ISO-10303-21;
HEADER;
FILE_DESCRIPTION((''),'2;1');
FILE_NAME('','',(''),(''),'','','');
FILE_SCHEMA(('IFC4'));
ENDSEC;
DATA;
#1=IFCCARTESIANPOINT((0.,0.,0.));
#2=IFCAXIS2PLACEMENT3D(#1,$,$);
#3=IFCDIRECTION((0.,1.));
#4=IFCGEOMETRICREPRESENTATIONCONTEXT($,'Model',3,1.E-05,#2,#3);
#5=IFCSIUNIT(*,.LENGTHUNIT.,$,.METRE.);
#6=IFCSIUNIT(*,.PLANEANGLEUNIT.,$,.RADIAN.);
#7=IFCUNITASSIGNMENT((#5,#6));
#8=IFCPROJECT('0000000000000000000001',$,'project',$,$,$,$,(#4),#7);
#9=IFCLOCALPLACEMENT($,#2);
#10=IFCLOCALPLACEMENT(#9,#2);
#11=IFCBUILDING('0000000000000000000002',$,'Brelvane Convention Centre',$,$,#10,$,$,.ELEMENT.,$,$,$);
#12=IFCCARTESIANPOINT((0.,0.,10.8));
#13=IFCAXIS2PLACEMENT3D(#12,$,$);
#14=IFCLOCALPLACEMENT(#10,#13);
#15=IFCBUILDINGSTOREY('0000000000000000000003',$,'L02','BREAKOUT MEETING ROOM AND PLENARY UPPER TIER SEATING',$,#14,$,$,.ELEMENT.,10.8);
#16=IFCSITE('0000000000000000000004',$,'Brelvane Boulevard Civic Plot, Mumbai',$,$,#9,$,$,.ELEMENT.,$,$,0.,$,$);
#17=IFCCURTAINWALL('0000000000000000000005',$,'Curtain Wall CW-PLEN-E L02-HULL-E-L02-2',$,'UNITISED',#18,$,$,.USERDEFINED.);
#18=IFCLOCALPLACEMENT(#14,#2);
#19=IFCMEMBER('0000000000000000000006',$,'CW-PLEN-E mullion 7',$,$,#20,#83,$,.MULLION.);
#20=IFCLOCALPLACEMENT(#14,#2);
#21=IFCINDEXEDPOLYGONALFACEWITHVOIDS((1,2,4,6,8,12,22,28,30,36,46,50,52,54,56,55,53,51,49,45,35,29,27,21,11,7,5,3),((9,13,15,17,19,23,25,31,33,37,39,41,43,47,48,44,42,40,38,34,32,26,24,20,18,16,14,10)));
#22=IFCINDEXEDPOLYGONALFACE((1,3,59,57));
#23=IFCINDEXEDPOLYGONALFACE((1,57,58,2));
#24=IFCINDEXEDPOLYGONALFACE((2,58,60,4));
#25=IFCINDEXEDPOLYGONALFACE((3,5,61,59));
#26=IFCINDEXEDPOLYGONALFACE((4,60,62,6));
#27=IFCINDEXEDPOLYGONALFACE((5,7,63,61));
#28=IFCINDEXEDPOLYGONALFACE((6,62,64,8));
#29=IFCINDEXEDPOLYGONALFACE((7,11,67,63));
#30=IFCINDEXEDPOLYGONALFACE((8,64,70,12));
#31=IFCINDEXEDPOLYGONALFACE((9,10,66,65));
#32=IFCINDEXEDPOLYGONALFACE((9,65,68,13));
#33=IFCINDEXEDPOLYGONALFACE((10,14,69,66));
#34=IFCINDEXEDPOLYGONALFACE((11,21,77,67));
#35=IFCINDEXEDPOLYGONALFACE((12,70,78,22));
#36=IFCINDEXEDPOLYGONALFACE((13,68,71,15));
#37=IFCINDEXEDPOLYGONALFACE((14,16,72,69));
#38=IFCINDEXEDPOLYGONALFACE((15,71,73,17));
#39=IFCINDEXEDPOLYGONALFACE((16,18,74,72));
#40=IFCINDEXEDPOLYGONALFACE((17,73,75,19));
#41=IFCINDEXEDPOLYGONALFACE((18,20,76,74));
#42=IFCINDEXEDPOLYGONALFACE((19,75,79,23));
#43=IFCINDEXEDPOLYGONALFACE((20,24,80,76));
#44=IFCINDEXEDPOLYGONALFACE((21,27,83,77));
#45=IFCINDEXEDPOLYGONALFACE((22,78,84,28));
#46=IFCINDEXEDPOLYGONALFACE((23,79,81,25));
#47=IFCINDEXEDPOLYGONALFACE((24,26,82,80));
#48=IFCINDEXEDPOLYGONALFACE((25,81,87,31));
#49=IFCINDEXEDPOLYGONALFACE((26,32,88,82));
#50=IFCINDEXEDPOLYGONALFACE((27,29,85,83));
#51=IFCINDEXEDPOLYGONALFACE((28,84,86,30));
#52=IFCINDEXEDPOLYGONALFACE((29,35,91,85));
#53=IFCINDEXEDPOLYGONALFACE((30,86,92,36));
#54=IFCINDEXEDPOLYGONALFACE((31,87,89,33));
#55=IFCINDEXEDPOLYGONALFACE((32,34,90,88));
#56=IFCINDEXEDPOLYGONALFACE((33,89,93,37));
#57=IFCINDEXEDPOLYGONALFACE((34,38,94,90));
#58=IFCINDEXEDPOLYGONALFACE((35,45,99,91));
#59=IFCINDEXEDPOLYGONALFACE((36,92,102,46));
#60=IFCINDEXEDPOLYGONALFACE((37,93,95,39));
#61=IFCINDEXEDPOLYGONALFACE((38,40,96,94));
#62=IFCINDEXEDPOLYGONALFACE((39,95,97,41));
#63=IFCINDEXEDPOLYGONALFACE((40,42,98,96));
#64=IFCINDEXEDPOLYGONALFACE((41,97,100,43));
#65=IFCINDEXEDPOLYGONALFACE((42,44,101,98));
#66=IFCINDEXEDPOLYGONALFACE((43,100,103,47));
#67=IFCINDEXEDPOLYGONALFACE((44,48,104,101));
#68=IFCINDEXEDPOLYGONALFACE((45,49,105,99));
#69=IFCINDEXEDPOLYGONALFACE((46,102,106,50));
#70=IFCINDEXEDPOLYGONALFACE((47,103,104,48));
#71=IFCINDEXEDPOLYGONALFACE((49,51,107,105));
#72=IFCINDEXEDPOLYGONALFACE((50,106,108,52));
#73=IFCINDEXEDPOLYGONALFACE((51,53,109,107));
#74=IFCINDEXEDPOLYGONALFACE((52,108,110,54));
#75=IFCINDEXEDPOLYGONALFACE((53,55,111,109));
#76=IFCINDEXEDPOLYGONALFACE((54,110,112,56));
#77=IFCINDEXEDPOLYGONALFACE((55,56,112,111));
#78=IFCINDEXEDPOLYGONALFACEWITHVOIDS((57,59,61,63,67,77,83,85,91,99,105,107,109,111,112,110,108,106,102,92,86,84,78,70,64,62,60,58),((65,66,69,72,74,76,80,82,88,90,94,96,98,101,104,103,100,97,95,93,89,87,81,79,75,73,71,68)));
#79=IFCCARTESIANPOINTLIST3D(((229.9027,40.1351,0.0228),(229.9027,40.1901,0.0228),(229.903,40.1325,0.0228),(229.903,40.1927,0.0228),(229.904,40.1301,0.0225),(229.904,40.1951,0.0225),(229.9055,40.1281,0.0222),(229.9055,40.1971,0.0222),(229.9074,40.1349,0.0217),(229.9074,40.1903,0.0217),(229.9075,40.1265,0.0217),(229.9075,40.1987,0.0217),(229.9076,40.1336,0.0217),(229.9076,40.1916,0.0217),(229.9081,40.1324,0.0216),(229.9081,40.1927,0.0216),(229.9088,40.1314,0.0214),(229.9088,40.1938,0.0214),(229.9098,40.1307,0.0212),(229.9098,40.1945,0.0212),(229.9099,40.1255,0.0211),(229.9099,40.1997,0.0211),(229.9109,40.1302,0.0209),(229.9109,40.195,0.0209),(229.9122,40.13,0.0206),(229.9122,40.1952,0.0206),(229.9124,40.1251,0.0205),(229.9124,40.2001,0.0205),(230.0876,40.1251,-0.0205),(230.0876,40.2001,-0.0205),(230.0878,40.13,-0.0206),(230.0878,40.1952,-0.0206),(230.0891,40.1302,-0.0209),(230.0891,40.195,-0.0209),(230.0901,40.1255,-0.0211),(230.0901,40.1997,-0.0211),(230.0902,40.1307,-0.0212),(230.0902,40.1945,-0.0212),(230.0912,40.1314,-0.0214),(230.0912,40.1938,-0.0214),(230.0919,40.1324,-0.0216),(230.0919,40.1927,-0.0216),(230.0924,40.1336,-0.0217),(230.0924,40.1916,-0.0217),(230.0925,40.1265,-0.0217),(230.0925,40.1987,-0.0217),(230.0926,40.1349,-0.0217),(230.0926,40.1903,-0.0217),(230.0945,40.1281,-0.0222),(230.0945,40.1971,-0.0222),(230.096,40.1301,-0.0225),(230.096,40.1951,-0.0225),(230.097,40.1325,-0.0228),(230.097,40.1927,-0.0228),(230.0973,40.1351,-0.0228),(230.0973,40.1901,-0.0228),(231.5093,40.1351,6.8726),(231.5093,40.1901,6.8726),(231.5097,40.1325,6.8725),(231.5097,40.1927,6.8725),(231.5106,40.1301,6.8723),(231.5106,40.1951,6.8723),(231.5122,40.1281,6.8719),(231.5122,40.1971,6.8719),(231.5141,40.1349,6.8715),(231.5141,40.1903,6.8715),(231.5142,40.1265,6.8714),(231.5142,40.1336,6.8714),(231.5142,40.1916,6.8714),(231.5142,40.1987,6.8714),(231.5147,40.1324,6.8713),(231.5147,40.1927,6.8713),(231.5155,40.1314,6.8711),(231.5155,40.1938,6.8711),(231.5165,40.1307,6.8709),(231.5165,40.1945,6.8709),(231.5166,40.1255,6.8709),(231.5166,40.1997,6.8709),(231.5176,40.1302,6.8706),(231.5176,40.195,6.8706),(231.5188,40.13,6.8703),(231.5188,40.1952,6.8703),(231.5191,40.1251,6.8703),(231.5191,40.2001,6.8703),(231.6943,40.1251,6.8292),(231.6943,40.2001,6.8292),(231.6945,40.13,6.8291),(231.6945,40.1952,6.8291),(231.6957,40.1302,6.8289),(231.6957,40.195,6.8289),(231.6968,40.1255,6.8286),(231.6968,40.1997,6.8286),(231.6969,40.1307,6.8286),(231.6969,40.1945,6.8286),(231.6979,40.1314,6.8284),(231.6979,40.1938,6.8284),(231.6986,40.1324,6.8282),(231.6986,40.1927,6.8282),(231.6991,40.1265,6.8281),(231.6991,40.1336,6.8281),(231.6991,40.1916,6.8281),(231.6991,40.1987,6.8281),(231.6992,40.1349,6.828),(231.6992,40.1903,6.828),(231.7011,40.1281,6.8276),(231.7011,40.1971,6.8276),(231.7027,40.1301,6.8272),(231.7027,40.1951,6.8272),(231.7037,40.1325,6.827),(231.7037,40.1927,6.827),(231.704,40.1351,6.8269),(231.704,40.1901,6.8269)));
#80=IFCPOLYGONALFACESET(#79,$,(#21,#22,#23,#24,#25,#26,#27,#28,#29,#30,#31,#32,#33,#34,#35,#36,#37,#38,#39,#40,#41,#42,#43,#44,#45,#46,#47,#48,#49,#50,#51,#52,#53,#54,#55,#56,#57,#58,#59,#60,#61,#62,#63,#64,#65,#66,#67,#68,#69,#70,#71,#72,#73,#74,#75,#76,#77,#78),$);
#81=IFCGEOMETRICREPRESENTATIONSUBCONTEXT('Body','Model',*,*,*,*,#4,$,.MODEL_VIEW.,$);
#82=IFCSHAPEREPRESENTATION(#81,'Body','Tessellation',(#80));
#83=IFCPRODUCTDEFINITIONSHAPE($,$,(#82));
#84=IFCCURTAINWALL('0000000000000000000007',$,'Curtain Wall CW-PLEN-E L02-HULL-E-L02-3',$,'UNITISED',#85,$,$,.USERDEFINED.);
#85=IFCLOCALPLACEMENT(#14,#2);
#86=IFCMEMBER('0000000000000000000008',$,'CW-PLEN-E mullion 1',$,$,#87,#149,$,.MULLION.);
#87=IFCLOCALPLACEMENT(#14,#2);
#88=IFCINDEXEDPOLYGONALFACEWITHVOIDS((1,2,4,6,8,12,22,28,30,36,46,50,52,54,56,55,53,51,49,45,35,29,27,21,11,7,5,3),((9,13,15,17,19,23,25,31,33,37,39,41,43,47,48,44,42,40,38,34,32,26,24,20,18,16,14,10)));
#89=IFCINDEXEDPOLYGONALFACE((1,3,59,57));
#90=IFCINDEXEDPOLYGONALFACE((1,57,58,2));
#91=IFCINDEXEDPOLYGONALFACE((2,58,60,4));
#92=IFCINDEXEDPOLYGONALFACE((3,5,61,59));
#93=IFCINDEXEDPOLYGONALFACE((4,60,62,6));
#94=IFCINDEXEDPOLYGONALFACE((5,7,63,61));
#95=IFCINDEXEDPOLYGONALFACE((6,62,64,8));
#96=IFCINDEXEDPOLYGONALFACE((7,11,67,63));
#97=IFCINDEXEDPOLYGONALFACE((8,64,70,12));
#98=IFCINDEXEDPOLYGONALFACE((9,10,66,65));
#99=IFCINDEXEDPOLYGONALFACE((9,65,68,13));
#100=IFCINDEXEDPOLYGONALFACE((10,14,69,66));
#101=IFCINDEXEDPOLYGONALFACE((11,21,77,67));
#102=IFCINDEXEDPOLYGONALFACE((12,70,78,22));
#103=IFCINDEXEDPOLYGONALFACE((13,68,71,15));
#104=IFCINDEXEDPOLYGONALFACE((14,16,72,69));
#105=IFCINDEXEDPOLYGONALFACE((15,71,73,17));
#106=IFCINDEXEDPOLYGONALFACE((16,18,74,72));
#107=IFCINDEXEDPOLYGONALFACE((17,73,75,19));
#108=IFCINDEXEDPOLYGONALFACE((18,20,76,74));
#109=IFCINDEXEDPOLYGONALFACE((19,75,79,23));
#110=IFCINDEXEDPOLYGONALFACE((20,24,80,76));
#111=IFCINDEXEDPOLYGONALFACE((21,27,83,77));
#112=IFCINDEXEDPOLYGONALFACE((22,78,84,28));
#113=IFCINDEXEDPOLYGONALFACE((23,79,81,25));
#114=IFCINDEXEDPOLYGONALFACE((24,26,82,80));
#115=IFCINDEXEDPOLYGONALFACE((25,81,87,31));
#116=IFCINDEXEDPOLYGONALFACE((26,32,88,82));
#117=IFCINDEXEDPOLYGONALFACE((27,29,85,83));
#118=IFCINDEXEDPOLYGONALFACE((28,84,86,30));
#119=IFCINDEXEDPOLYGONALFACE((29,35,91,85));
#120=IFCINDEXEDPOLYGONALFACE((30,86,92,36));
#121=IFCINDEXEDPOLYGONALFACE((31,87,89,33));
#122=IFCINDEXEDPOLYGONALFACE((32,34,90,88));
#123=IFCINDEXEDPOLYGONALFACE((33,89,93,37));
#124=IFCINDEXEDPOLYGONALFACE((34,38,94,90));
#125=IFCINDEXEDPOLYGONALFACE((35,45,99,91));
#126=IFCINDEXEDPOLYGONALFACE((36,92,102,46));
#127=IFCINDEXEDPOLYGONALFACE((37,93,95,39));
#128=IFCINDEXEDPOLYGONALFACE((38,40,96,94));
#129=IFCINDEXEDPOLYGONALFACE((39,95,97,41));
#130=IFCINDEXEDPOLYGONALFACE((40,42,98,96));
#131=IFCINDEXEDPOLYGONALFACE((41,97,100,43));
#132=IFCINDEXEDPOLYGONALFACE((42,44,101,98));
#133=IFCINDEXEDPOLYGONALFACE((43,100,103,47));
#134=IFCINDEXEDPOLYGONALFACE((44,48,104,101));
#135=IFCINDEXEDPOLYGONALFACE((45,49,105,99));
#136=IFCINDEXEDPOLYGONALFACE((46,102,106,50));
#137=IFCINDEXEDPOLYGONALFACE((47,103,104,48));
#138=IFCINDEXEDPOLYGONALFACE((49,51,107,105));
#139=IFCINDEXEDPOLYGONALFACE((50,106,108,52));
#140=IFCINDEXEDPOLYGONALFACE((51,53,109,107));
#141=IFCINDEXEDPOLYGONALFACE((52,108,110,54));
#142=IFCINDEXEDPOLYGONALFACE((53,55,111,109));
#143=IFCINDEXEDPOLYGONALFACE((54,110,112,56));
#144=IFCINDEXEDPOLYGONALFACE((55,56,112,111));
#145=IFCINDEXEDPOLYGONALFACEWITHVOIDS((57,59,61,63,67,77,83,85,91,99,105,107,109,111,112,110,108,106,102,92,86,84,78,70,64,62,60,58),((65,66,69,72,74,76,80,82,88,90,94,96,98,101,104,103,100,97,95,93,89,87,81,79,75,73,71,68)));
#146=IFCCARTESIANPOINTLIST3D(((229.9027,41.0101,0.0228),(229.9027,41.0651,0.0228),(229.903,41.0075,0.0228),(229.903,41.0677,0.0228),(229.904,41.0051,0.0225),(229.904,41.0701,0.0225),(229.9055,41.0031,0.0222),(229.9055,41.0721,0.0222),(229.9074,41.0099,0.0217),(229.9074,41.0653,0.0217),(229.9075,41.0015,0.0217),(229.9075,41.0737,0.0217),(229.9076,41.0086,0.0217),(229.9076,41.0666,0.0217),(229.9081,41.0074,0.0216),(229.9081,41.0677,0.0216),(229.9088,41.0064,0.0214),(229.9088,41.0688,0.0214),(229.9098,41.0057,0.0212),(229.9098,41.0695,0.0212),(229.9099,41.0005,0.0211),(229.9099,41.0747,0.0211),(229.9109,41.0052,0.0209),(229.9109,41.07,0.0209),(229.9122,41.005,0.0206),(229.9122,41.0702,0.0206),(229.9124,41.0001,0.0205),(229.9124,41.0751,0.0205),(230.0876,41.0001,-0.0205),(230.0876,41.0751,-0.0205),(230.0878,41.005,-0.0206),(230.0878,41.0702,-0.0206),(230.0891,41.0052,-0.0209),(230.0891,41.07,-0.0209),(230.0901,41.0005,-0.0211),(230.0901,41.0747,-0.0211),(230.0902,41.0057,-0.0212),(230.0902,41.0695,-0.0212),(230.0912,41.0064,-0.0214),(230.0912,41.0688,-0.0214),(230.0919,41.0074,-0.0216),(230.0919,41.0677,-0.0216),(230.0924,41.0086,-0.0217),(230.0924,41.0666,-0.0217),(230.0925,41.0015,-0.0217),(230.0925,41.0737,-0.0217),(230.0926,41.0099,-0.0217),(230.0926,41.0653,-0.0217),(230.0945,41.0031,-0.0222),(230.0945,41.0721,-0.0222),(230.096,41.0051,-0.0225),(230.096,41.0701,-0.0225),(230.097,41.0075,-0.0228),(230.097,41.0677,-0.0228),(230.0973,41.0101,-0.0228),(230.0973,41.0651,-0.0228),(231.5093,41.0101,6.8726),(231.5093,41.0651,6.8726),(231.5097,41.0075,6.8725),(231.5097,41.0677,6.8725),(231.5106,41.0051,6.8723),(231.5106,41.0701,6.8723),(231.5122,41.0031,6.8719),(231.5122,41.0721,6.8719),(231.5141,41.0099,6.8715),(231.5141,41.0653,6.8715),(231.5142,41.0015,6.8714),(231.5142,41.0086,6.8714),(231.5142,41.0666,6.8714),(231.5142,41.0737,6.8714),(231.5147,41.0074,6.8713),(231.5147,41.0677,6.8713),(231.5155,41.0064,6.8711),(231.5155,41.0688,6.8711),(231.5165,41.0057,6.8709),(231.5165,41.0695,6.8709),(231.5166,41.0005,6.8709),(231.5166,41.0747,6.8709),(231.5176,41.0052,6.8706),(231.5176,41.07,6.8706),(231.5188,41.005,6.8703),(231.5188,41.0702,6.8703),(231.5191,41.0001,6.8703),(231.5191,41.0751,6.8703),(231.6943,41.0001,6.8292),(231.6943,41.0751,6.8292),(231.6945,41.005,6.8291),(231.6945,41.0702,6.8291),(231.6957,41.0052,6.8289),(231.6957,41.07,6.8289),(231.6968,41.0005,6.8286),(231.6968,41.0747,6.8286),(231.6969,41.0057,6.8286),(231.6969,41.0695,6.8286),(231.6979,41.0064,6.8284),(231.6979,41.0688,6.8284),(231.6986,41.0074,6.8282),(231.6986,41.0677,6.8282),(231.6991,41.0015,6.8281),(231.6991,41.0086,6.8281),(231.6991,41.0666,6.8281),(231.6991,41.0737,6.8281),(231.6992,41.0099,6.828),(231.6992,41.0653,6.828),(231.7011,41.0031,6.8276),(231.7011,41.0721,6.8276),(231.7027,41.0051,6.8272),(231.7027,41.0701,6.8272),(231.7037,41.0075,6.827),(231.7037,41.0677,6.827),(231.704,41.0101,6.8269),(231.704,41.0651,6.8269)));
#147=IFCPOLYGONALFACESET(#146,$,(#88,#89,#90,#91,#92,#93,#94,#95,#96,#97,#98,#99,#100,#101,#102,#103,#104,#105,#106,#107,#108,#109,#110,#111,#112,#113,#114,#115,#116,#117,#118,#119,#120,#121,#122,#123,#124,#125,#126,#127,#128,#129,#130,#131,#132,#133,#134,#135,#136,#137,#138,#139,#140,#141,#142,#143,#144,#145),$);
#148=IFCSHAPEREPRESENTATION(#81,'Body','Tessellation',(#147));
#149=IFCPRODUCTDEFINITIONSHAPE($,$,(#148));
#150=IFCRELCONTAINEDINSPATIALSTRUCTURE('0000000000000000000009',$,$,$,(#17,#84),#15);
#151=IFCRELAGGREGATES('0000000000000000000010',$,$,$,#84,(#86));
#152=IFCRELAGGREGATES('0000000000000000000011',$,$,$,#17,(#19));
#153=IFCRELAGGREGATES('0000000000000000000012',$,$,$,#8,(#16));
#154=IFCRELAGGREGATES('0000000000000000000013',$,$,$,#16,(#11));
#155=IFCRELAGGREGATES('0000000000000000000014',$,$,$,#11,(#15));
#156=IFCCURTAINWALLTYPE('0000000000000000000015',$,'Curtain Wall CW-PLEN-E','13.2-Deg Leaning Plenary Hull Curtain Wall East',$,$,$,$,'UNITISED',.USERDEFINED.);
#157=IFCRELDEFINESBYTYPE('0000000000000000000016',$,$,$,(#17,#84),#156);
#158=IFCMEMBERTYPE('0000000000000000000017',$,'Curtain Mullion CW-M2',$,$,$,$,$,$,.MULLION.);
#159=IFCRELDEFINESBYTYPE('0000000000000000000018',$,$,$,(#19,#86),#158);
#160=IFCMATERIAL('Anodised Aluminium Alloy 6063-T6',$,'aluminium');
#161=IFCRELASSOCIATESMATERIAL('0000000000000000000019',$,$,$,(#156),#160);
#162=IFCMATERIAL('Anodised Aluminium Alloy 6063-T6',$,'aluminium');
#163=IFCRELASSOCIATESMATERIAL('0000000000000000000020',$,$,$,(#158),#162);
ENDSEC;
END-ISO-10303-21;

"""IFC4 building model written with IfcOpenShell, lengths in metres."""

from ifc_helpers import new_model, si_unit, direction, frame, origin, origin_2d, place, context, subcontext, project, spatial, hollow_rectangle, extrude, material, material_profile, profile_set, type_object, element, aggregate, save


model = new_model("IFC4")

# Units and contexts
model_context = context("Model", 3, precision=1e-05, world=origin(), true_north=direction((0.0, 1.0)))
body_context = subcontext(model_context, "Body", "Model", "MODEL_VIEW")
ifc_project = project(units=[si_unit("LENGTHUNIT", "METRE"), si_unit("PLANEANGLEUNIT", "RADIAN")], contexts=[model_context])

# Site, building, storey
site_placement = place(None, origin())
site = spatial("IfcSite", under=ifc_project, at=site_placement, Name="Brelvane Boulevard Civic Plot, Mumbai", CompositionType="ELEMENT", RefElevation=0.0)
building_placement = place(site_placement, origin())
building = spatial("IfcBuilding", under=site, at=building_placement, Name="Brelvane Convention Centre", CompositionType="ELEMENT")
storey_placement = place(building_placement, frame((0.0, 0.0, 10.8)))
storey = spatial("IfcBuildingStorey", under=building, at=storey_placement, Name="L02", Description="BREAKOUT MEETING ROOM AND PLENARY UPPER TIER SEATING", CompositionType="ELEMENT", Elevation=10.8)

# Curtain walls, members
ifc_material_1 = material(Name="Anodised Aluminium Alloy 6063-T6", Category="aluminium")
curtain_wall_type = type_object("IfcCurtainWallType", Name="Curtain Wall CW-PLEN-E", Description="13.2-Deg Leaning Plenary Hull Curtain Wall East", ElementType="UNITISED", PredefinedType="USERDEFINED", material=ifc_material_1)
curtain_wall_1_placement = place(storey_placement, origin())
curtain_wall_1 = element("IfcCurtainWall", 1, at=curtain_wall_1_placement, inside=storey, type_object=curtain_wall_type, Name="Curtain Wall CW-PLEN-E L02-HULL-E-L02-2", ObjectType="UNITISED", PredefinedType="USERDEFINED")
ifc_material_2 = material(Name="Anodised Aluminium Alloy 6063-T6", Category="aluminium")
ifc_material_profile_1 = material_profile(ifc_material_2, hollow_rectangle(XDim=0.075, YDim=0.2, WallThickness=0.0049, InnerFilletRadius=0.0049, OuterFilletRadius=0.01, at=origin_2d()), Name="ALU-M 200x75x5.0")
ifc_profile_set_1 = profile_set([ifc_material_profile_1], Name="Anodised Aluminium Alloy 6063-T6")
member_type_1 = type_object("IfcMemberType", Name="Curtain Mullion CW-M2", PredefinedType="MULLION", material=ifc_profile_set_1)
member_1_placement = place(storey_placement, frame((230.0, 40.1626, 0.0), z_axis=(0.22836, 0.0, 0.973577), x_axis=(0.0, 1.0, 0.0)))
member_1 = element("IfcMember", 2, at=member_1_placement, type_object=member_type_1, Name="CW-PLEN-E mullion 7", PredefinedType="MULLION", context=body_context, shape_type="SweptSolid", body=[
    extrude(hollow_rectangle(XDim=0.075, YDim=0.2, WallThickness=0.0049, InnerFilletRadius=0.0049, OuterFilletRadius=0.01, at=origin_2d()), origin(), (0.0, 0.0, 1.0), 7.0356),
])
curtain_wall_2_placement = place(storey_placement, origin())
curtain_wall_2 = element("IfcCurtainWall", 3, at=curtain_wall_2_placement, inside=storey, type_object=curtain_wall_type, Name="Curtain Wall CW-PLEN-E L02-HULL-E-L02-3", ObjectType="UNITISED", PredefinedType="USERDEFINED")
member_2_placement = place(storey_placement, frame((230.0, 41.0376, 0.0), z_axis=(0.22836, 0.0, 0.973577), x_axis=(0.0, 1.0, 0.0)))
member_2 = element("IfcMember", 4, at=member_2_placement, type_object=member_type_1, Name="CW-PLEN-E mullion 1", PredefinedType="MULLION", context=body_context, shape_type="SweptSolid", body=[
    extrude(hollow_rectangle(XDim=0.075, YDim=0.2, WallThickness=0.0049, InnerFilletRadius=0.0049, OuterFilletRadius=0.01, at=origin_2d()), origin(), (0.0, 0.0, 1.0), 7.0356),
])

aggregate(curtain_wall_2, [member_2])

aggregate(curtain_wall_1, [member_1])

save(model, "model.ifc")
